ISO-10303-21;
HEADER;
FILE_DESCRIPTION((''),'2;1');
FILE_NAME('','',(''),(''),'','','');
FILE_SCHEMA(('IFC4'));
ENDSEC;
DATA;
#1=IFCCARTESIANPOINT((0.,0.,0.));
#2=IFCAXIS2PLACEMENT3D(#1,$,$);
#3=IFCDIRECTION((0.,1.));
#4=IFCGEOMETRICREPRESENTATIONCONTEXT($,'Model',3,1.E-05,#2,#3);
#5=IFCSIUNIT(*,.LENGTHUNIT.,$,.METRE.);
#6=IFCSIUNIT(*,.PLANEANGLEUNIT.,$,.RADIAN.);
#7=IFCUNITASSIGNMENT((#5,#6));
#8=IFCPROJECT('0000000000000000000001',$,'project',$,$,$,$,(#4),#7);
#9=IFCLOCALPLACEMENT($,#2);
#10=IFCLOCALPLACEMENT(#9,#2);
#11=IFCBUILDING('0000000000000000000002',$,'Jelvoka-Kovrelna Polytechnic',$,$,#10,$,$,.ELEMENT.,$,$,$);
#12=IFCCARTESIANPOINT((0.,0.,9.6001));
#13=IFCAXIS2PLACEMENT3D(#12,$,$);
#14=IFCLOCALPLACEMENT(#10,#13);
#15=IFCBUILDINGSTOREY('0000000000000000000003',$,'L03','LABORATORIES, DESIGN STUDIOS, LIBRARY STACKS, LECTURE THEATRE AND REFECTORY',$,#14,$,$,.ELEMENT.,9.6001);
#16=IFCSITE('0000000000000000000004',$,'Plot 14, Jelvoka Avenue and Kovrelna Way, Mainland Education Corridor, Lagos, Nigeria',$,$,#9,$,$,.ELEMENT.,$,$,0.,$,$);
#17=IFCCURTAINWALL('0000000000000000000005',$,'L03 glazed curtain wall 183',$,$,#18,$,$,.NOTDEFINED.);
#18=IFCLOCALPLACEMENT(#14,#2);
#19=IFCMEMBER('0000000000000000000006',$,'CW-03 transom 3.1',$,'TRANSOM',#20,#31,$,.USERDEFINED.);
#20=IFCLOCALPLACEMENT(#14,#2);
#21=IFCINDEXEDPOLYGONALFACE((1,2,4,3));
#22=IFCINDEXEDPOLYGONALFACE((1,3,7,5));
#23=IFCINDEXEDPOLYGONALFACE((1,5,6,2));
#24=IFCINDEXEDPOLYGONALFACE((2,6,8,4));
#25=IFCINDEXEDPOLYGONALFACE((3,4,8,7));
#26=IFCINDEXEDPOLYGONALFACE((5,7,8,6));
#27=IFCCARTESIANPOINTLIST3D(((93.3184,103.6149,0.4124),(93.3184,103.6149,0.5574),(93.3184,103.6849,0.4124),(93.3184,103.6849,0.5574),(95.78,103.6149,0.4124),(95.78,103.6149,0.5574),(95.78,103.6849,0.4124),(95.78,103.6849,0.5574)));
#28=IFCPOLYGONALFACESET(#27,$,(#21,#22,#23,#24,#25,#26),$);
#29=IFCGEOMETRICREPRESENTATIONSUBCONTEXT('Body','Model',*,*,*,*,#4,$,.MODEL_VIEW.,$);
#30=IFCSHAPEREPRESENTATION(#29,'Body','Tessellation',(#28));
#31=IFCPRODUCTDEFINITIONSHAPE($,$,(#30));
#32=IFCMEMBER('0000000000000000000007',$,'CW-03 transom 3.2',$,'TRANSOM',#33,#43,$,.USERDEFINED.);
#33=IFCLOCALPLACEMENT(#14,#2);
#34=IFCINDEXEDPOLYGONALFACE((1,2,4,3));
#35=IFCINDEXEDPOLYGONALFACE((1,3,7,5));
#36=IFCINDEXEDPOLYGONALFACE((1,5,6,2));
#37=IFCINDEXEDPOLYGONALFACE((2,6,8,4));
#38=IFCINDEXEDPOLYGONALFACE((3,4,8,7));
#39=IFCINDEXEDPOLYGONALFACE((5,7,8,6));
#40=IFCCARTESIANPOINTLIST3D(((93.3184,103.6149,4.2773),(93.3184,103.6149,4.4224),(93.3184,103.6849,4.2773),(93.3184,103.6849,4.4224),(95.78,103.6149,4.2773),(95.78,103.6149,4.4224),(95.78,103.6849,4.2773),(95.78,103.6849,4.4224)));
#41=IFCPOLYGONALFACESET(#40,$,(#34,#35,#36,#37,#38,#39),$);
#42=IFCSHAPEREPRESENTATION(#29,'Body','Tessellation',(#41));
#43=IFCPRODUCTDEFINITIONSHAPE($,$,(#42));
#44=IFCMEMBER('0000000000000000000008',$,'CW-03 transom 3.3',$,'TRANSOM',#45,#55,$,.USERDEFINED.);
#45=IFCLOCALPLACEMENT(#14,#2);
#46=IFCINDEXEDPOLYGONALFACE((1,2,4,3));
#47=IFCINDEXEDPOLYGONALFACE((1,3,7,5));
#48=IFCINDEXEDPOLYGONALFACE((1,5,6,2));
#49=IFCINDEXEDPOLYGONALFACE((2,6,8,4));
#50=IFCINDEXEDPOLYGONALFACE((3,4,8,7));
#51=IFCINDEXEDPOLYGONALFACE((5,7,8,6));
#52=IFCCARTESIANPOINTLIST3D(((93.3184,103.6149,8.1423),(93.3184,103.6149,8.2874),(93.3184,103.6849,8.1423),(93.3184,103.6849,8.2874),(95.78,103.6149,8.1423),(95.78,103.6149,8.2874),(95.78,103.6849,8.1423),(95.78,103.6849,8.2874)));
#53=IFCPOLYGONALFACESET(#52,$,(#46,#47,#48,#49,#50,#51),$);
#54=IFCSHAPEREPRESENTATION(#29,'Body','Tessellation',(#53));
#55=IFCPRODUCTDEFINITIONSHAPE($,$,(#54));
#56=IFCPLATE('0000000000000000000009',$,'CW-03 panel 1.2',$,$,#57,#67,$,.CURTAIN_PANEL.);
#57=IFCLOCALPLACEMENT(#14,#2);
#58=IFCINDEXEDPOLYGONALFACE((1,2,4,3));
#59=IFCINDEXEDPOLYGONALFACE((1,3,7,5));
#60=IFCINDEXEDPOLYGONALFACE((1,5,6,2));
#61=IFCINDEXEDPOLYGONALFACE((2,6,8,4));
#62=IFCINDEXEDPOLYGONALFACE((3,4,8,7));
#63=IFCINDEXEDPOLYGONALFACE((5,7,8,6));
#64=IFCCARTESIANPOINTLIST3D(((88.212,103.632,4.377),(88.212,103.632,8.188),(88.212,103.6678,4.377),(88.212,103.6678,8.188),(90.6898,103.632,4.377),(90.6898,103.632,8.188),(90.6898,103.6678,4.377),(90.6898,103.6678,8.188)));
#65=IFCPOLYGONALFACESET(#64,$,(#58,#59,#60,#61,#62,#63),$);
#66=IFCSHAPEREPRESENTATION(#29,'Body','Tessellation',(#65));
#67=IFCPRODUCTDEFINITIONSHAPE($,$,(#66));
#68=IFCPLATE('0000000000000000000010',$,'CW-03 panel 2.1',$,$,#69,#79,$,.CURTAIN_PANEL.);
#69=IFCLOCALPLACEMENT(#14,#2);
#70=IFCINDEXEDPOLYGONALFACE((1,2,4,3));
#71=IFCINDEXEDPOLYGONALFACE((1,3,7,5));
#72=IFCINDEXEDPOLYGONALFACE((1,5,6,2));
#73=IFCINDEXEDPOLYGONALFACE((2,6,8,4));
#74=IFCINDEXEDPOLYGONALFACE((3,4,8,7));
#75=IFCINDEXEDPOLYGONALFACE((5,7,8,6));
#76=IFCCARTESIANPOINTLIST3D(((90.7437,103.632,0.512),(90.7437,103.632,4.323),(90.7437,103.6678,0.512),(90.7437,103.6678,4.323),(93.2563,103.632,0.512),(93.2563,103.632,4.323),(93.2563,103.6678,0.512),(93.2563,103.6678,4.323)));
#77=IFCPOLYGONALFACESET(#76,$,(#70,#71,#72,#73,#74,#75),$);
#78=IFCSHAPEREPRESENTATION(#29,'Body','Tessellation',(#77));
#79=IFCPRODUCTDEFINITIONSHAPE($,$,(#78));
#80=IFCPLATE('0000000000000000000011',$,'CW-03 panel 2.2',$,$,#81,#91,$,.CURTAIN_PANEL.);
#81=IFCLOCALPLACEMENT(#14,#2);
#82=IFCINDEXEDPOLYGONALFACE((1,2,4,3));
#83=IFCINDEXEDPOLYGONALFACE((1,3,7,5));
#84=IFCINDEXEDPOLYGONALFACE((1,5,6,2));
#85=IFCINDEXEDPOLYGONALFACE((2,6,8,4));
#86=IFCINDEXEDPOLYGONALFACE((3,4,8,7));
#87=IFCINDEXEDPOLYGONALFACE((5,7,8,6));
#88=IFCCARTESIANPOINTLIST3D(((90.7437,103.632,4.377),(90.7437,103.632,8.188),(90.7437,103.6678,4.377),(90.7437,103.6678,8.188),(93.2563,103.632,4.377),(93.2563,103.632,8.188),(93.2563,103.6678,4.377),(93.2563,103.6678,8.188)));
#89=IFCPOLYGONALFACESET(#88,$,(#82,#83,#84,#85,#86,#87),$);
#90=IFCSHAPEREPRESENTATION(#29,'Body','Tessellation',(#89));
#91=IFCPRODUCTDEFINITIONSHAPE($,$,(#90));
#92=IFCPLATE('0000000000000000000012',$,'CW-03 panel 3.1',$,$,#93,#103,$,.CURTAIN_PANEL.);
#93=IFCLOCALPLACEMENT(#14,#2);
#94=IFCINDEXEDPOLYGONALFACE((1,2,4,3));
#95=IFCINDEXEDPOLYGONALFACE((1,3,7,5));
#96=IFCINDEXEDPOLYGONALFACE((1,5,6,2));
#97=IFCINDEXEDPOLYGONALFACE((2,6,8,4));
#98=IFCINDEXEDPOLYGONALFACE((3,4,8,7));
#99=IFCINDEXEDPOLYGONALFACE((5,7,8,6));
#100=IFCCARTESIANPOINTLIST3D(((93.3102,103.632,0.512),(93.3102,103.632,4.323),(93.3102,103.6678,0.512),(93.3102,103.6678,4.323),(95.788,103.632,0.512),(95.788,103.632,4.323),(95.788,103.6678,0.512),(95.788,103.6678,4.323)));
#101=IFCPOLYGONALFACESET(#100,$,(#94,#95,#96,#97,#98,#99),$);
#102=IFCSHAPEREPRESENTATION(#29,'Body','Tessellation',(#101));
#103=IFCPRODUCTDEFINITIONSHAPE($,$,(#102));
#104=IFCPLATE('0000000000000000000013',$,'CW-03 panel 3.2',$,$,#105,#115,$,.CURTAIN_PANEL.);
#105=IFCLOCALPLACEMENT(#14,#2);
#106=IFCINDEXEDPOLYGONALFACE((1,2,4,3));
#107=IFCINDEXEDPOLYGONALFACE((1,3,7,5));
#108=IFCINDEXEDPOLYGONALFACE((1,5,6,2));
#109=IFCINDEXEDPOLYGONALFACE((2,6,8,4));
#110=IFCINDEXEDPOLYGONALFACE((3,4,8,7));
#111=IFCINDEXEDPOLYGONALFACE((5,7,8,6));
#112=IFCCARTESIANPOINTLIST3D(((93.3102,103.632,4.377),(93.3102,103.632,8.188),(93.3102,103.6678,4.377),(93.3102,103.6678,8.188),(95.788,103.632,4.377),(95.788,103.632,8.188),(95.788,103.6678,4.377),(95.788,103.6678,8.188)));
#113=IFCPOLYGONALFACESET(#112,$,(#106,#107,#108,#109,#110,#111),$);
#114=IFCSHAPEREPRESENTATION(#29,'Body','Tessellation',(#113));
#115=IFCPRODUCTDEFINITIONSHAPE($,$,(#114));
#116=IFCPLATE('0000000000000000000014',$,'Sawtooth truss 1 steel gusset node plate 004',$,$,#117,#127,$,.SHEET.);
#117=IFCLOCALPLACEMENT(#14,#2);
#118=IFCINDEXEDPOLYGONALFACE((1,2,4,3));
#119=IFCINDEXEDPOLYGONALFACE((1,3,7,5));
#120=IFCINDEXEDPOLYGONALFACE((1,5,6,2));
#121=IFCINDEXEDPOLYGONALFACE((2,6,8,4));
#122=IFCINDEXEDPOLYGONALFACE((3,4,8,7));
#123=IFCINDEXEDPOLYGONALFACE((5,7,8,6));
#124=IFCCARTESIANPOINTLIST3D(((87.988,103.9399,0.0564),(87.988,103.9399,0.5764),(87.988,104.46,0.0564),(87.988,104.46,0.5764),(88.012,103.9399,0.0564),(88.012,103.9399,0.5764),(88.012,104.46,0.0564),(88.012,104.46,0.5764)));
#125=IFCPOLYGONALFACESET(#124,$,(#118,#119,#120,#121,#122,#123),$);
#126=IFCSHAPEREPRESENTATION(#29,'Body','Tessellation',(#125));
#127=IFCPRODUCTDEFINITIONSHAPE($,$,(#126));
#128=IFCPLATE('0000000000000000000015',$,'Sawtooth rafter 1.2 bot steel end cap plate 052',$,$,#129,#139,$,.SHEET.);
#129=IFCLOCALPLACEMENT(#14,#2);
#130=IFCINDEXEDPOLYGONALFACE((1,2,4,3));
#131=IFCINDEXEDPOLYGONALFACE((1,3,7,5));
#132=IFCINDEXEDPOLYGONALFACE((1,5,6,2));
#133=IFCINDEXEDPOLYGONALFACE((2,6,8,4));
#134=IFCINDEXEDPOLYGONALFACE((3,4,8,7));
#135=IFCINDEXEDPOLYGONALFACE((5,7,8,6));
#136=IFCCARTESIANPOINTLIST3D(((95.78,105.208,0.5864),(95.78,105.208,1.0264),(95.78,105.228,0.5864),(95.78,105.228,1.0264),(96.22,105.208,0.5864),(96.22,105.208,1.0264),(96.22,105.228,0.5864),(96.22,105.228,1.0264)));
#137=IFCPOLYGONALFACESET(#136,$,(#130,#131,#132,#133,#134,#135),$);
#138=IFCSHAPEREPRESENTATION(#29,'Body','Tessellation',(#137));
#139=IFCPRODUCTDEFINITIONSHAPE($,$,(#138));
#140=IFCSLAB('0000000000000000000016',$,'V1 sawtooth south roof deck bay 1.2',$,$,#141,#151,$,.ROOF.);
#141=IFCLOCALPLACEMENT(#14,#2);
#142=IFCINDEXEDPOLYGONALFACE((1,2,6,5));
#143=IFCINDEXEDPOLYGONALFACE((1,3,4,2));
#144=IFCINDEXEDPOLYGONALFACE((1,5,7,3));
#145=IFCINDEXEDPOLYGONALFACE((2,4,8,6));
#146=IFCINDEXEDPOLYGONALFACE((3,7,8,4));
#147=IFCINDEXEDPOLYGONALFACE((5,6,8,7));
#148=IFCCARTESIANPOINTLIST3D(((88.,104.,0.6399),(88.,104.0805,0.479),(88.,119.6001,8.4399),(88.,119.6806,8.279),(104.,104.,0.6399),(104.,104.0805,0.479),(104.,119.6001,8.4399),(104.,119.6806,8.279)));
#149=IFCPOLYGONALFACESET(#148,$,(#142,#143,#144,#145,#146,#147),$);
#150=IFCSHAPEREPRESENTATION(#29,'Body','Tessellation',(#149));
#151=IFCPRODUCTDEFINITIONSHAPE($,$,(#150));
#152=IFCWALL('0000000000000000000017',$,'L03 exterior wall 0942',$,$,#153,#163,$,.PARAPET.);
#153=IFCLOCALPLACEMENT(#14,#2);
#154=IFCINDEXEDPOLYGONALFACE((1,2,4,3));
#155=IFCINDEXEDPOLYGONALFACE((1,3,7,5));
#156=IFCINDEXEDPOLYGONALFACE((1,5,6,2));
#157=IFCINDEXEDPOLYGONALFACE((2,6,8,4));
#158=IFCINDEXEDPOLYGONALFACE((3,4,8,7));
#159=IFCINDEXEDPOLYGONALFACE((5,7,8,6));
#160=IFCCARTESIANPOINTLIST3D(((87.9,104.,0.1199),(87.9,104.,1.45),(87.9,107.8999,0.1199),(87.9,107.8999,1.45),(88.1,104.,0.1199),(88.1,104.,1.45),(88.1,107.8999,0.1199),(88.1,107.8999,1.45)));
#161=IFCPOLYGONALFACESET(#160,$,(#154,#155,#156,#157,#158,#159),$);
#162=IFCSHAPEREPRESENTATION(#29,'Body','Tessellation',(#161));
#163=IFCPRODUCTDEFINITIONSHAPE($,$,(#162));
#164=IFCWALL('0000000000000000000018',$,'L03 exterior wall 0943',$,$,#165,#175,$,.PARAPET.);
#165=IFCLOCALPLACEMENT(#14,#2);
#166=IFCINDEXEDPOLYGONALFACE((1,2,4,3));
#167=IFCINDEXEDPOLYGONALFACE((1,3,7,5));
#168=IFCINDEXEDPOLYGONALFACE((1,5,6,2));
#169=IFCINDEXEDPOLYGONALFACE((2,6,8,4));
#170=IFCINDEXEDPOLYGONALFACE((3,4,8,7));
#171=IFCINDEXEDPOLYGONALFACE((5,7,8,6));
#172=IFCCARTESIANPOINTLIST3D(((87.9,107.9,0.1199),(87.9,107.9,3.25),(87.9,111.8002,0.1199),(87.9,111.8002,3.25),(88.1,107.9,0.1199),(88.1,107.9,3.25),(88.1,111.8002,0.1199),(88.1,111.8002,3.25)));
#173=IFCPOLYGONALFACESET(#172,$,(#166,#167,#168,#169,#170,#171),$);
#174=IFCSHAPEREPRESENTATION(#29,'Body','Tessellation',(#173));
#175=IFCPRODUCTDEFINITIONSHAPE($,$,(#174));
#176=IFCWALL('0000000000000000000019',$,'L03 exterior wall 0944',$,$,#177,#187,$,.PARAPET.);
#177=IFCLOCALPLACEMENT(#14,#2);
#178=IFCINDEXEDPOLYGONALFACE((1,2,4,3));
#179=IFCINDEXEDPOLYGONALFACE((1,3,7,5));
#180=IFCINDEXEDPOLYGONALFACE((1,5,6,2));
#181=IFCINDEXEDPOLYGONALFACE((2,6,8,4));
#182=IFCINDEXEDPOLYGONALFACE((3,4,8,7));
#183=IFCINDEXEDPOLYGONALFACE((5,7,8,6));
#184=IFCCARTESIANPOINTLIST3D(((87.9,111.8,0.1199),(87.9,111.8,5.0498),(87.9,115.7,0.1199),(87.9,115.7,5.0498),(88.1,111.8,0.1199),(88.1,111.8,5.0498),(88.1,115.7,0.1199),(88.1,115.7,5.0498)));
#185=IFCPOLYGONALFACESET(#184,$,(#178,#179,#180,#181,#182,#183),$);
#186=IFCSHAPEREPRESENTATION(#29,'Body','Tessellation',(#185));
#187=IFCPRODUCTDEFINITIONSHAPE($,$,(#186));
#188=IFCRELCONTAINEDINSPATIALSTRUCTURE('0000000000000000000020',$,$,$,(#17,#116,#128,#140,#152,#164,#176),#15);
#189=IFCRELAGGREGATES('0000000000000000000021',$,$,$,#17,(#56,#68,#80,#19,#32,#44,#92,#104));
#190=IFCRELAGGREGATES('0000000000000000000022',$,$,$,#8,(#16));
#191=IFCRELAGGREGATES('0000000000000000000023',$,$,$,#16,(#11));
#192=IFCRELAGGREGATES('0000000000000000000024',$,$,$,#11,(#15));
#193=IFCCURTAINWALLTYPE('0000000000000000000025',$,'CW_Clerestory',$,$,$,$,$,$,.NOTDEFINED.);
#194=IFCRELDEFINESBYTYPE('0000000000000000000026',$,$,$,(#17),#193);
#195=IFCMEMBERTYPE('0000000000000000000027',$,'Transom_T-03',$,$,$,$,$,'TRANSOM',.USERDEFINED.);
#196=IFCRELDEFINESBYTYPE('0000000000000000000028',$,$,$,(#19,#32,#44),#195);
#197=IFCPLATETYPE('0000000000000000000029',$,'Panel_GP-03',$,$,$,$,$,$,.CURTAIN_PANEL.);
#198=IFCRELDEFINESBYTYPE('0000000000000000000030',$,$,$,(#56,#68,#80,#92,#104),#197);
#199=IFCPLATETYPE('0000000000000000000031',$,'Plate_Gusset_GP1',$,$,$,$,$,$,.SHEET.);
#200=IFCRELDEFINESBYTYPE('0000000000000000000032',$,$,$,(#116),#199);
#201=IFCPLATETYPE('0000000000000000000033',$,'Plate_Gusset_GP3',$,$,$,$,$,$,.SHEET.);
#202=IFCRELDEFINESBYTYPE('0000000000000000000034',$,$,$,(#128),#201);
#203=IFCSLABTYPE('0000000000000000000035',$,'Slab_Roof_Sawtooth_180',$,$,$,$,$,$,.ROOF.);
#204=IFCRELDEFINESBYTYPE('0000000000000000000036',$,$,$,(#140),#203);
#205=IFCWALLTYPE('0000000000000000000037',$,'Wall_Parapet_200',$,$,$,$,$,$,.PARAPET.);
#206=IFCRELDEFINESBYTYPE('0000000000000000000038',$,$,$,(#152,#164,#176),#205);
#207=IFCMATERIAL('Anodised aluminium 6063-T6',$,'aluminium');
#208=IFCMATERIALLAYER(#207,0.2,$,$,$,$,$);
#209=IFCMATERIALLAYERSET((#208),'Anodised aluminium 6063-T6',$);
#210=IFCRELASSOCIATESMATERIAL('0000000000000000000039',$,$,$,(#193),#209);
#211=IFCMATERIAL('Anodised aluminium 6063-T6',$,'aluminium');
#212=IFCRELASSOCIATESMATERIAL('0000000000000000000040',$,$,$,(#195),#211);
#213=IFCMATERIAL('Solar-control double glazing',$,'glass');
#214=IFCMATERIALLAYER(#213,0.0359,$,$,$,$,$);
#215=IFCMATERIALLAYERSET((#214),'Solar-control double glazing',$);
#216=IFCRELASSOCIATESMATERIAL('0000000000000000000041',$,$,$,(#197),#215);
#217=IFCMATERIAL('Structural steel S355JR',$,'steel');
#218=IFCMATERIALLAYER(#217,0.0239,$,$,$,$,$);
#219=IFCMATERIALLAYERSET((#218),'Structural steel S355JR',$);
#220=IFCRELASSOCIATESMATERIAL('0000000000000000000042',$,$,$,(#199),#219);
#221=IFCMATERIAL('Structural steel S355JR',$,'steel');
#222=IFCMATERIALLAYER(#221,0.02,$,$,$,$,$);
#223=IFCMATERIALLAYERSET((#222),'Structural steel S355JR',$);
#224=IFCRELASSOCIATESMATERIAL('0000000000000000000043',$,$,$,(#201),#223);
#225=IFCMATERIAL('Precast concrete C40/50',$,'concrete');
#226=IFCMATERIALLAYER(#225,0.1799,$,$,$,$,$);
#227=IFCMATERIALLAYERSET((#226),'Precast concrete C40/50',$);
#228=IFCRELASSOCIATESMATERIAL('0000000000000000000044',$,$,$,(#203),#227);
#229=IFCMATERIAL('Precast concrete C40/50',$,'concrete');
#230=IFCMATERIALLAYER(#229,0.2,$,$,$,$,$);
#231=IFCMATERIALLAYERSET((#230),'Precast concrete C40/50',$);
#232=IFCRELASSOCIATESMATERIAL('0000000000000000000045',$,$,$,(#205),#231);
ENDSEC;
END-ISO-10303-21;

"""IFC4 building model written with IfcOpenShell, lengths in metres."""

from ifc_helpers import new_model, si_unit, direction, frame, frame_2d, origin, origin_2d, place, context, subcontext, project, spatial, polyline, rectangle, outline, extrude, material, layer, layer_set, material_profile, profile_set, type_object, element, aggregate, save


model = new_model("IFC4")

# Units and contexts
model_context = context("Model", 3, precision=1e-05, world=origin(), true_north=direction((0.0, 1.0)))
body_context = subcontext(model_context, "Body", "Model", "MODEL_VIEW")
ifc_project = project(units=[si_unit("LENGTHUNIT", "METRE"), si_unit("PLANEANGLEUNIT", "RADIAN")], contexts=[model_context])

# Site, building, storey
site_placement = place(None, origin())
site = spatial("IfcSite", under=ifc_project, at=site_placement, Name="Plot 14, Jelvoka Avenue and Kovrelna Way, Mainland Education Corridor, Lagos, Nigeria", CompositionType="ELEMENT", RefElevation=0.0)
building_placement = place(site_placement, origin())
building = spatial("IfcBuilding", under=site, at=building_placement, Name="Jelvoka-Kovrelna Polytechnic", CompositionType="ELEMENT")
storey_placement = place(building_placement, frame((0.0, 0.0, 9.6001)))
storey = spatial("IfcBuildingStorey", under=building, at=storey_placement, Name="L03", Description="LABORATORIES, DESIGN STUDIOS, LIBRARY STACKS, LECTURE THEATRE AND REFECTORY", CompositionType="ELEMENT", Elevation=9.6001)

# Curtain wall
ifc_material_1 = material(Name="Anodised aluminium 6063-T6", Category="aluminium")
ifc_layer_1 = layer(ifc_material_1, 0.2)
ifc_layer_set_1 = layer_set([ifc_layer_1], Name="Anodised aluminium 6063-T6")
curtain_wall_type = type_object("IfcCurtainWallType", Name="CW_Clerestory", PredefinedType="NOTDEFINED", material=ifc_layer_set_1)
curtain_wall_placement = place(storey_placement, origin())
curtain_wall = element("IfcCurtainWall", 1, at=curtain_wall_placement, inside=storey, type_object=curtain_wall_type, Name="L03 glazed curtain wall 183", PredefinedType="NOTDEFINED")

# Members
ifc_material_2 = material(Name="Anodised aluminium 6063-T6", Category="aluminium")
ifc_material_profile_1 = material_profile(ifc_material_2, rectangle(XDim=0.0701, YDim=0.145, at=origin_2d()), Name="ALU 70x145")
ifc_profile_set_1 = profile_set([ifc_material_profile_1], Name="Anodised aluminium 6063-T6")
member_type_1 = type_object("IfcMemberType", Name="Transom_T-03", ElementType="TRANSOM", PredefinedType="USERDEFINED", material=ifc_profile_set_1)
member_1_placement = place(storey_placement, frame((93.3184, 103.6499, 0.4849), z_axis=(1.0, 0.0, 0.0), x_axis=(0.0, 1.0, 0.0)))
member_1 = element("IfcMember", 2, at=member_1_placement, type_object=member_type_1, Name="CW-03 transom 3.1", ObjectType="TRANSOM", PredefinedType="USERDEFINED", context=body_context, shape_type="SweptSolid", body=[
    extrude(rectangle(XDim=0.0701, YDim=0.145, at=origin_2d()), origin(), (0.0, 0.0, 1.0), 2.4617),
])
member_2_placement = place(storey_placement, frame((93.3184, 103.6499, 4.3499), z_axis=(1.0, 0.0, 0.0), x_axis=(0.0, 1.0, 0.0)))
member_2 = element("IfcMember", 3, at=member_2_placement, type_object=member_type_1, Name="CW-03 transom 3.2", ObjectType="TRANSOM", PredefinedType="USERDEFINED", context=body_context, shape_type="SweptSolid", body=[
    extrude(rectangle(XDim=0.0701, YDim=0.145, at=origin_2d()), origin(), (0.0, 0.0, 1.0), 2.4617),
])
member_3_placement = place(storey_placement, frame((93.3184, 103.6499, 8.2148), z_axis=(1.0, 0.0, 0.0), x_axis=(0.0, 1.0, 0.0)))
member_3 = element("IfcMember", 4, at=member_3_placement, type_object=member_type_1, Name="CW-03 transom 3.3", ObjectType="TRANSOM", PredefinedType="USERDEFINED", context=body_context, shape_type="SweptSolid", body=[
    extrude(rectangle(XDim=0.0701, YDim=0.145, at=origin_2d()), origin(), (0.0, 0.0, 1.0), 2.4617),
])

# Plates
ifc_material_3 = material(Name="Solar-control double glazing", Category="glass")
ifc_layer_2 = layer(ifc_material_3, 0.0359)
ifc_layer_set_2 = layer_set([ifc_layer_2], Name="Solar-control double glazing")
plate_type_1 = type_object("IfcPlateType", Name="Panel_GP-03", PredefinedType="CURTAIN_PANEL", material=ifc_layer_set_2)
plate_1_placement = place(storey_placement, frame((89.4509, 103.6499, 4.377), z_axis=(0.0, 0.0, 1.0), x_axis=(1.0, 0.0, 0.0)))
plate_1 = element("IfcPlate", 5, at=plate_1_placement, type_object=plate_type_1, Name="CW-03 panel 1.2", PredefinedType="CURTAIN_PANEL", context=body_context, shape_type="SweptSolid", body=[
    extrude(rectangle(XDim=2.4778, YDim=0.0359, at=origin_2d()), origin(), (0.0, 0.0, 1.0), 3.811),
])
plate_2_placement = place(storey_placement, frame((92.0, 103.6499, 0.512), z_axis=(0.0, 0.0, 1.0), x_axis=(1.0, 0.0, 0.0)))
plate_2 = element("IfcPlate", 6, at=plate_2_placement, type_object=plate_type_1, Name="CW-03 panel 2.1", PredefinedType="CURTAIN_PANEL", context=body_context, shape_type="SweptSolid", body=[
    extrude(rectangle(XDim=2.5127, YDim=0.0359, at=origin_2d()), origin(), (0.0, 0.0, 1.0), 3.811),
])
plate_3_placement = place(storey_placement, frame((92.0, 103.6499, 4.377), z_axis=(0.0, 0.0, 1.0), x_axis=(1.0, 0.0, 0.0)))
plate_3 = element("IfcPlate", 7, at=plate_3_placement, type_object=plate_type_1, Name="CW-03 panel 2.2", PredefinedType="CURTAIN_PANEL", context=body_context, shape_type="SweptSolid", body=[
    extrude(rectangle(XDim=2.5127, YDim=0.0359, at=origin_2d()), origin(), (0.0, 0.0, 1.0), 3.811),
])
plate_4_placement = place(storey_placement, frame((94.5491, 103.6499, 0.512), z_axis=(0.0, 0.0, 1.0), x_axis=(1.0, 0.0, 0.0)))
plate_4 = element("IfcPlate", 8, at=plate_4_placement, type_object=plate_type_1, Name="CW-03 panel 3.1", PredefinedType="CURTAIN_PANEL", context=body_context, shape_type="SweptSolid", body=[
    extrude(rectangle(XDim=2.4778, YDim=0.0359, at=origin_2d()), origin(), (0.0, 0.0, 1.0), 3.811),
])
plate_5_placement = place(storey_placement, frame((94.5491, 103.6499, 4.377), z_axis=(0.0, 0.0, 1.0), x_axis=(1.0, 0.0, 0.0)))
plate_5 = element("IfcPlate", 9, at=plate_5_placement, type_object=plate_type_1, Name="CW-03 panel 3.2", PredefinedType="CURTAIN_PANEL", context=body_context, shape_type="SweptSolid", body=[
    extrude(rectangle(XDim=2.4778, YDim=0.0359, at=origin_2d()), origin(), (0.0, 0.0, 1.0), 3.811),
])
aggregate(curtain_wall, [plate_1, plate_2, plate_3, member_1, member_2, member_3, plate_4, plate_5])

# Plates
ifc_material_4 = material(Name="Structural steel S355JR", Category="steel")
ifc_layer_3 = layer(ifc_material_4, 0.0239)
ifc_layer_set_3 = layer_set([ifc_layer_3], Name="Structural steel S355JR")
plate_type_2 = type_object("IfcPlateType", Name="Plate_Gusset_GP1", PredefinedType="SHEET", material=ifc_layer_set_3)
plate_6_placement = place(storey_placement, frame((88.0, 104.2, 0.0564), z_axis=(0.0, 0.0, 1.0), x_axis=(0.0, 1.0, 0.0)))
element("IfcPlate", 10, at=plate_6_placement, inside=storey, type_object=plate_type_2, Name="Sawtooth truss 1 steel gusset node plate 004", PredefinedType="SHEET", context=body_context, shape_type="SweptSolid", body=[
    extrude(rectangle(XDim=0.52, YDim=0.0239, at=origin_2d()), origin(), (0.0, 0.0, 1.0), 0.52),
])
ifc_material_5 = material(Name="Structural steel S355JR", Category="steel")
ifc_layer_4 = layer(ifc_material_5, 0.02)
ifc_layer_set_4 = layer_set([ifc_layer_4], Name="Structural steel S355JR")
plate_type_3 = type_object("IfcPlateType", Name="Plate_Gusset_GP3", PredefinedType="SHEET", material=ifc_layer_set_4)
plate_7_placement = place(storey_placement, frame((96.0, 105.218, 0.5864), z_axis=(0.0, 0.0, 1.0), x_axis=(1.0, 0.0, 0.0)))
element("IfcPlate", 11, at=plate_7_placement, inside=storey, type_object=plate_type_3, Name="Sawtooth rafter 1.2 bot steel end cap plate 052", PredefinedType="SHEET", context=body_context, shape_type="SweptSolid", body=[
    extrude(rectangle(XDim=0.4399, YDim=0.02, at=origin_2d()), origin(), (0.0, 0.0, 1.0), 0.4399),
])

# Slab
ifc_material_6 = material(Name="Precast concrete C40/50", Category="concrete")
ifc_layer_5 = layer(ifc_material_6, 0.1799)
ifc_layer_set_5 = layer_set([ifc_layer_5], Name="Precast concrete C40/50")
slab_type = type_object("IfcSlabType", Name="Slab_Roof_Sawtooth_180", PredefinedType="ROOF", material=ifc_layer_set_5)
slab_placement = place(storey_placement, frame((88.0, 104.0, 0.6399), z_axis=(0.0, -0.447214, 0.894427), x_axis=(1.0, 0.0, 0.0)))
element("IfcSlab", 12, at=slab_placement, inside=storey, type_object=slab_type, Name="V1 sawtooth south roof deck bay 1.2", PredefinedType="ROOF", context=body_context, shape_type="SweptSolid", body=[
    extrude(outline(polyline([(0.0, 0.0), (16.0, 0.0), (16.0, 17.4414), (0.0, 17.4414), (0.0, 0.0)])), origin(), (0.0, 0.0, -1.0), 0.1799),
])

# Walls
ifc_material_7 = material(Name="Precast concrete C40/50", Category="concrete")
ifc_layer_6 = layer(ifc_material_7, 0.2)
ifc_layer_set_6 = layer_set([ifc_layer_6], Name="Precast concrete C40/50")
wall_type = type_object("IfcWallType", Name="Wall_Parapet_200", PredefinedType="PARAPET", material=ifc_layer_set_6)
wall_1_placement = place(storey_placement, frame((88.0, 104.0, 0.1199), z_axis=(0.0, 0.0, 1.0), x_axis=(0.0, 1.0, 0.0)))
element("IfcWall", 13, at=wall_1_placement, inside=storey, type_object=wall_type, Name="L03 exterior wall 0942", PredefinedType="PARAPET", context=body_context, shape_type="SweptSolid", body=[
    extrude(rectangle(XDim=3.8999, YDim=0.2, at=frame_2d((1.95, 0.0))), origin(), (0.0, 0.0, 1.0), 1.3301),
])
wall_2_placement = place(storey_placement, frame((88.0, 107.8999, 0.1199), z_axis=(0.0, 0.0, 1.0), x_axis=(0.0, 1.0, 0.0)))
element("IfcWall", 14, at=wall_2_placement, inside=storey, type_object=wall_type, Name="L03 exterior wall 0943", PredefinedType="PARAPET", context=body_context, shape_type="SweptSolid", body=[
    extrude(rectangle(XDim=3.9001, YDim=0.2, at=frame_2d((1.9502, 0.0))), origin(), (0.0, 0.0, 1.0), 3.1301),
])
wall_3_placement = place(storey_placement, frame((88.0, 111.8, 0.1199), z_axis=(0.0, 0.0, 1.0), x_axis=(0.0, 1.0, 0.0)))
element("IfcWall", 15, at=wall_3_placement, inside=storey, type_object=wall_type, Name="L03 exterior wall 0944", PredefinedType="PARAPET", context=body_context, shape_type="SweptSolid", body=[
    extrude(rectangle(XDim=3.8999, YDim=0.2, at=frame_2d((1.95, 0.0))), origin(), (0.0, 0.0, 1.0), 4.9299),
])

save(model, "model.ifc")
